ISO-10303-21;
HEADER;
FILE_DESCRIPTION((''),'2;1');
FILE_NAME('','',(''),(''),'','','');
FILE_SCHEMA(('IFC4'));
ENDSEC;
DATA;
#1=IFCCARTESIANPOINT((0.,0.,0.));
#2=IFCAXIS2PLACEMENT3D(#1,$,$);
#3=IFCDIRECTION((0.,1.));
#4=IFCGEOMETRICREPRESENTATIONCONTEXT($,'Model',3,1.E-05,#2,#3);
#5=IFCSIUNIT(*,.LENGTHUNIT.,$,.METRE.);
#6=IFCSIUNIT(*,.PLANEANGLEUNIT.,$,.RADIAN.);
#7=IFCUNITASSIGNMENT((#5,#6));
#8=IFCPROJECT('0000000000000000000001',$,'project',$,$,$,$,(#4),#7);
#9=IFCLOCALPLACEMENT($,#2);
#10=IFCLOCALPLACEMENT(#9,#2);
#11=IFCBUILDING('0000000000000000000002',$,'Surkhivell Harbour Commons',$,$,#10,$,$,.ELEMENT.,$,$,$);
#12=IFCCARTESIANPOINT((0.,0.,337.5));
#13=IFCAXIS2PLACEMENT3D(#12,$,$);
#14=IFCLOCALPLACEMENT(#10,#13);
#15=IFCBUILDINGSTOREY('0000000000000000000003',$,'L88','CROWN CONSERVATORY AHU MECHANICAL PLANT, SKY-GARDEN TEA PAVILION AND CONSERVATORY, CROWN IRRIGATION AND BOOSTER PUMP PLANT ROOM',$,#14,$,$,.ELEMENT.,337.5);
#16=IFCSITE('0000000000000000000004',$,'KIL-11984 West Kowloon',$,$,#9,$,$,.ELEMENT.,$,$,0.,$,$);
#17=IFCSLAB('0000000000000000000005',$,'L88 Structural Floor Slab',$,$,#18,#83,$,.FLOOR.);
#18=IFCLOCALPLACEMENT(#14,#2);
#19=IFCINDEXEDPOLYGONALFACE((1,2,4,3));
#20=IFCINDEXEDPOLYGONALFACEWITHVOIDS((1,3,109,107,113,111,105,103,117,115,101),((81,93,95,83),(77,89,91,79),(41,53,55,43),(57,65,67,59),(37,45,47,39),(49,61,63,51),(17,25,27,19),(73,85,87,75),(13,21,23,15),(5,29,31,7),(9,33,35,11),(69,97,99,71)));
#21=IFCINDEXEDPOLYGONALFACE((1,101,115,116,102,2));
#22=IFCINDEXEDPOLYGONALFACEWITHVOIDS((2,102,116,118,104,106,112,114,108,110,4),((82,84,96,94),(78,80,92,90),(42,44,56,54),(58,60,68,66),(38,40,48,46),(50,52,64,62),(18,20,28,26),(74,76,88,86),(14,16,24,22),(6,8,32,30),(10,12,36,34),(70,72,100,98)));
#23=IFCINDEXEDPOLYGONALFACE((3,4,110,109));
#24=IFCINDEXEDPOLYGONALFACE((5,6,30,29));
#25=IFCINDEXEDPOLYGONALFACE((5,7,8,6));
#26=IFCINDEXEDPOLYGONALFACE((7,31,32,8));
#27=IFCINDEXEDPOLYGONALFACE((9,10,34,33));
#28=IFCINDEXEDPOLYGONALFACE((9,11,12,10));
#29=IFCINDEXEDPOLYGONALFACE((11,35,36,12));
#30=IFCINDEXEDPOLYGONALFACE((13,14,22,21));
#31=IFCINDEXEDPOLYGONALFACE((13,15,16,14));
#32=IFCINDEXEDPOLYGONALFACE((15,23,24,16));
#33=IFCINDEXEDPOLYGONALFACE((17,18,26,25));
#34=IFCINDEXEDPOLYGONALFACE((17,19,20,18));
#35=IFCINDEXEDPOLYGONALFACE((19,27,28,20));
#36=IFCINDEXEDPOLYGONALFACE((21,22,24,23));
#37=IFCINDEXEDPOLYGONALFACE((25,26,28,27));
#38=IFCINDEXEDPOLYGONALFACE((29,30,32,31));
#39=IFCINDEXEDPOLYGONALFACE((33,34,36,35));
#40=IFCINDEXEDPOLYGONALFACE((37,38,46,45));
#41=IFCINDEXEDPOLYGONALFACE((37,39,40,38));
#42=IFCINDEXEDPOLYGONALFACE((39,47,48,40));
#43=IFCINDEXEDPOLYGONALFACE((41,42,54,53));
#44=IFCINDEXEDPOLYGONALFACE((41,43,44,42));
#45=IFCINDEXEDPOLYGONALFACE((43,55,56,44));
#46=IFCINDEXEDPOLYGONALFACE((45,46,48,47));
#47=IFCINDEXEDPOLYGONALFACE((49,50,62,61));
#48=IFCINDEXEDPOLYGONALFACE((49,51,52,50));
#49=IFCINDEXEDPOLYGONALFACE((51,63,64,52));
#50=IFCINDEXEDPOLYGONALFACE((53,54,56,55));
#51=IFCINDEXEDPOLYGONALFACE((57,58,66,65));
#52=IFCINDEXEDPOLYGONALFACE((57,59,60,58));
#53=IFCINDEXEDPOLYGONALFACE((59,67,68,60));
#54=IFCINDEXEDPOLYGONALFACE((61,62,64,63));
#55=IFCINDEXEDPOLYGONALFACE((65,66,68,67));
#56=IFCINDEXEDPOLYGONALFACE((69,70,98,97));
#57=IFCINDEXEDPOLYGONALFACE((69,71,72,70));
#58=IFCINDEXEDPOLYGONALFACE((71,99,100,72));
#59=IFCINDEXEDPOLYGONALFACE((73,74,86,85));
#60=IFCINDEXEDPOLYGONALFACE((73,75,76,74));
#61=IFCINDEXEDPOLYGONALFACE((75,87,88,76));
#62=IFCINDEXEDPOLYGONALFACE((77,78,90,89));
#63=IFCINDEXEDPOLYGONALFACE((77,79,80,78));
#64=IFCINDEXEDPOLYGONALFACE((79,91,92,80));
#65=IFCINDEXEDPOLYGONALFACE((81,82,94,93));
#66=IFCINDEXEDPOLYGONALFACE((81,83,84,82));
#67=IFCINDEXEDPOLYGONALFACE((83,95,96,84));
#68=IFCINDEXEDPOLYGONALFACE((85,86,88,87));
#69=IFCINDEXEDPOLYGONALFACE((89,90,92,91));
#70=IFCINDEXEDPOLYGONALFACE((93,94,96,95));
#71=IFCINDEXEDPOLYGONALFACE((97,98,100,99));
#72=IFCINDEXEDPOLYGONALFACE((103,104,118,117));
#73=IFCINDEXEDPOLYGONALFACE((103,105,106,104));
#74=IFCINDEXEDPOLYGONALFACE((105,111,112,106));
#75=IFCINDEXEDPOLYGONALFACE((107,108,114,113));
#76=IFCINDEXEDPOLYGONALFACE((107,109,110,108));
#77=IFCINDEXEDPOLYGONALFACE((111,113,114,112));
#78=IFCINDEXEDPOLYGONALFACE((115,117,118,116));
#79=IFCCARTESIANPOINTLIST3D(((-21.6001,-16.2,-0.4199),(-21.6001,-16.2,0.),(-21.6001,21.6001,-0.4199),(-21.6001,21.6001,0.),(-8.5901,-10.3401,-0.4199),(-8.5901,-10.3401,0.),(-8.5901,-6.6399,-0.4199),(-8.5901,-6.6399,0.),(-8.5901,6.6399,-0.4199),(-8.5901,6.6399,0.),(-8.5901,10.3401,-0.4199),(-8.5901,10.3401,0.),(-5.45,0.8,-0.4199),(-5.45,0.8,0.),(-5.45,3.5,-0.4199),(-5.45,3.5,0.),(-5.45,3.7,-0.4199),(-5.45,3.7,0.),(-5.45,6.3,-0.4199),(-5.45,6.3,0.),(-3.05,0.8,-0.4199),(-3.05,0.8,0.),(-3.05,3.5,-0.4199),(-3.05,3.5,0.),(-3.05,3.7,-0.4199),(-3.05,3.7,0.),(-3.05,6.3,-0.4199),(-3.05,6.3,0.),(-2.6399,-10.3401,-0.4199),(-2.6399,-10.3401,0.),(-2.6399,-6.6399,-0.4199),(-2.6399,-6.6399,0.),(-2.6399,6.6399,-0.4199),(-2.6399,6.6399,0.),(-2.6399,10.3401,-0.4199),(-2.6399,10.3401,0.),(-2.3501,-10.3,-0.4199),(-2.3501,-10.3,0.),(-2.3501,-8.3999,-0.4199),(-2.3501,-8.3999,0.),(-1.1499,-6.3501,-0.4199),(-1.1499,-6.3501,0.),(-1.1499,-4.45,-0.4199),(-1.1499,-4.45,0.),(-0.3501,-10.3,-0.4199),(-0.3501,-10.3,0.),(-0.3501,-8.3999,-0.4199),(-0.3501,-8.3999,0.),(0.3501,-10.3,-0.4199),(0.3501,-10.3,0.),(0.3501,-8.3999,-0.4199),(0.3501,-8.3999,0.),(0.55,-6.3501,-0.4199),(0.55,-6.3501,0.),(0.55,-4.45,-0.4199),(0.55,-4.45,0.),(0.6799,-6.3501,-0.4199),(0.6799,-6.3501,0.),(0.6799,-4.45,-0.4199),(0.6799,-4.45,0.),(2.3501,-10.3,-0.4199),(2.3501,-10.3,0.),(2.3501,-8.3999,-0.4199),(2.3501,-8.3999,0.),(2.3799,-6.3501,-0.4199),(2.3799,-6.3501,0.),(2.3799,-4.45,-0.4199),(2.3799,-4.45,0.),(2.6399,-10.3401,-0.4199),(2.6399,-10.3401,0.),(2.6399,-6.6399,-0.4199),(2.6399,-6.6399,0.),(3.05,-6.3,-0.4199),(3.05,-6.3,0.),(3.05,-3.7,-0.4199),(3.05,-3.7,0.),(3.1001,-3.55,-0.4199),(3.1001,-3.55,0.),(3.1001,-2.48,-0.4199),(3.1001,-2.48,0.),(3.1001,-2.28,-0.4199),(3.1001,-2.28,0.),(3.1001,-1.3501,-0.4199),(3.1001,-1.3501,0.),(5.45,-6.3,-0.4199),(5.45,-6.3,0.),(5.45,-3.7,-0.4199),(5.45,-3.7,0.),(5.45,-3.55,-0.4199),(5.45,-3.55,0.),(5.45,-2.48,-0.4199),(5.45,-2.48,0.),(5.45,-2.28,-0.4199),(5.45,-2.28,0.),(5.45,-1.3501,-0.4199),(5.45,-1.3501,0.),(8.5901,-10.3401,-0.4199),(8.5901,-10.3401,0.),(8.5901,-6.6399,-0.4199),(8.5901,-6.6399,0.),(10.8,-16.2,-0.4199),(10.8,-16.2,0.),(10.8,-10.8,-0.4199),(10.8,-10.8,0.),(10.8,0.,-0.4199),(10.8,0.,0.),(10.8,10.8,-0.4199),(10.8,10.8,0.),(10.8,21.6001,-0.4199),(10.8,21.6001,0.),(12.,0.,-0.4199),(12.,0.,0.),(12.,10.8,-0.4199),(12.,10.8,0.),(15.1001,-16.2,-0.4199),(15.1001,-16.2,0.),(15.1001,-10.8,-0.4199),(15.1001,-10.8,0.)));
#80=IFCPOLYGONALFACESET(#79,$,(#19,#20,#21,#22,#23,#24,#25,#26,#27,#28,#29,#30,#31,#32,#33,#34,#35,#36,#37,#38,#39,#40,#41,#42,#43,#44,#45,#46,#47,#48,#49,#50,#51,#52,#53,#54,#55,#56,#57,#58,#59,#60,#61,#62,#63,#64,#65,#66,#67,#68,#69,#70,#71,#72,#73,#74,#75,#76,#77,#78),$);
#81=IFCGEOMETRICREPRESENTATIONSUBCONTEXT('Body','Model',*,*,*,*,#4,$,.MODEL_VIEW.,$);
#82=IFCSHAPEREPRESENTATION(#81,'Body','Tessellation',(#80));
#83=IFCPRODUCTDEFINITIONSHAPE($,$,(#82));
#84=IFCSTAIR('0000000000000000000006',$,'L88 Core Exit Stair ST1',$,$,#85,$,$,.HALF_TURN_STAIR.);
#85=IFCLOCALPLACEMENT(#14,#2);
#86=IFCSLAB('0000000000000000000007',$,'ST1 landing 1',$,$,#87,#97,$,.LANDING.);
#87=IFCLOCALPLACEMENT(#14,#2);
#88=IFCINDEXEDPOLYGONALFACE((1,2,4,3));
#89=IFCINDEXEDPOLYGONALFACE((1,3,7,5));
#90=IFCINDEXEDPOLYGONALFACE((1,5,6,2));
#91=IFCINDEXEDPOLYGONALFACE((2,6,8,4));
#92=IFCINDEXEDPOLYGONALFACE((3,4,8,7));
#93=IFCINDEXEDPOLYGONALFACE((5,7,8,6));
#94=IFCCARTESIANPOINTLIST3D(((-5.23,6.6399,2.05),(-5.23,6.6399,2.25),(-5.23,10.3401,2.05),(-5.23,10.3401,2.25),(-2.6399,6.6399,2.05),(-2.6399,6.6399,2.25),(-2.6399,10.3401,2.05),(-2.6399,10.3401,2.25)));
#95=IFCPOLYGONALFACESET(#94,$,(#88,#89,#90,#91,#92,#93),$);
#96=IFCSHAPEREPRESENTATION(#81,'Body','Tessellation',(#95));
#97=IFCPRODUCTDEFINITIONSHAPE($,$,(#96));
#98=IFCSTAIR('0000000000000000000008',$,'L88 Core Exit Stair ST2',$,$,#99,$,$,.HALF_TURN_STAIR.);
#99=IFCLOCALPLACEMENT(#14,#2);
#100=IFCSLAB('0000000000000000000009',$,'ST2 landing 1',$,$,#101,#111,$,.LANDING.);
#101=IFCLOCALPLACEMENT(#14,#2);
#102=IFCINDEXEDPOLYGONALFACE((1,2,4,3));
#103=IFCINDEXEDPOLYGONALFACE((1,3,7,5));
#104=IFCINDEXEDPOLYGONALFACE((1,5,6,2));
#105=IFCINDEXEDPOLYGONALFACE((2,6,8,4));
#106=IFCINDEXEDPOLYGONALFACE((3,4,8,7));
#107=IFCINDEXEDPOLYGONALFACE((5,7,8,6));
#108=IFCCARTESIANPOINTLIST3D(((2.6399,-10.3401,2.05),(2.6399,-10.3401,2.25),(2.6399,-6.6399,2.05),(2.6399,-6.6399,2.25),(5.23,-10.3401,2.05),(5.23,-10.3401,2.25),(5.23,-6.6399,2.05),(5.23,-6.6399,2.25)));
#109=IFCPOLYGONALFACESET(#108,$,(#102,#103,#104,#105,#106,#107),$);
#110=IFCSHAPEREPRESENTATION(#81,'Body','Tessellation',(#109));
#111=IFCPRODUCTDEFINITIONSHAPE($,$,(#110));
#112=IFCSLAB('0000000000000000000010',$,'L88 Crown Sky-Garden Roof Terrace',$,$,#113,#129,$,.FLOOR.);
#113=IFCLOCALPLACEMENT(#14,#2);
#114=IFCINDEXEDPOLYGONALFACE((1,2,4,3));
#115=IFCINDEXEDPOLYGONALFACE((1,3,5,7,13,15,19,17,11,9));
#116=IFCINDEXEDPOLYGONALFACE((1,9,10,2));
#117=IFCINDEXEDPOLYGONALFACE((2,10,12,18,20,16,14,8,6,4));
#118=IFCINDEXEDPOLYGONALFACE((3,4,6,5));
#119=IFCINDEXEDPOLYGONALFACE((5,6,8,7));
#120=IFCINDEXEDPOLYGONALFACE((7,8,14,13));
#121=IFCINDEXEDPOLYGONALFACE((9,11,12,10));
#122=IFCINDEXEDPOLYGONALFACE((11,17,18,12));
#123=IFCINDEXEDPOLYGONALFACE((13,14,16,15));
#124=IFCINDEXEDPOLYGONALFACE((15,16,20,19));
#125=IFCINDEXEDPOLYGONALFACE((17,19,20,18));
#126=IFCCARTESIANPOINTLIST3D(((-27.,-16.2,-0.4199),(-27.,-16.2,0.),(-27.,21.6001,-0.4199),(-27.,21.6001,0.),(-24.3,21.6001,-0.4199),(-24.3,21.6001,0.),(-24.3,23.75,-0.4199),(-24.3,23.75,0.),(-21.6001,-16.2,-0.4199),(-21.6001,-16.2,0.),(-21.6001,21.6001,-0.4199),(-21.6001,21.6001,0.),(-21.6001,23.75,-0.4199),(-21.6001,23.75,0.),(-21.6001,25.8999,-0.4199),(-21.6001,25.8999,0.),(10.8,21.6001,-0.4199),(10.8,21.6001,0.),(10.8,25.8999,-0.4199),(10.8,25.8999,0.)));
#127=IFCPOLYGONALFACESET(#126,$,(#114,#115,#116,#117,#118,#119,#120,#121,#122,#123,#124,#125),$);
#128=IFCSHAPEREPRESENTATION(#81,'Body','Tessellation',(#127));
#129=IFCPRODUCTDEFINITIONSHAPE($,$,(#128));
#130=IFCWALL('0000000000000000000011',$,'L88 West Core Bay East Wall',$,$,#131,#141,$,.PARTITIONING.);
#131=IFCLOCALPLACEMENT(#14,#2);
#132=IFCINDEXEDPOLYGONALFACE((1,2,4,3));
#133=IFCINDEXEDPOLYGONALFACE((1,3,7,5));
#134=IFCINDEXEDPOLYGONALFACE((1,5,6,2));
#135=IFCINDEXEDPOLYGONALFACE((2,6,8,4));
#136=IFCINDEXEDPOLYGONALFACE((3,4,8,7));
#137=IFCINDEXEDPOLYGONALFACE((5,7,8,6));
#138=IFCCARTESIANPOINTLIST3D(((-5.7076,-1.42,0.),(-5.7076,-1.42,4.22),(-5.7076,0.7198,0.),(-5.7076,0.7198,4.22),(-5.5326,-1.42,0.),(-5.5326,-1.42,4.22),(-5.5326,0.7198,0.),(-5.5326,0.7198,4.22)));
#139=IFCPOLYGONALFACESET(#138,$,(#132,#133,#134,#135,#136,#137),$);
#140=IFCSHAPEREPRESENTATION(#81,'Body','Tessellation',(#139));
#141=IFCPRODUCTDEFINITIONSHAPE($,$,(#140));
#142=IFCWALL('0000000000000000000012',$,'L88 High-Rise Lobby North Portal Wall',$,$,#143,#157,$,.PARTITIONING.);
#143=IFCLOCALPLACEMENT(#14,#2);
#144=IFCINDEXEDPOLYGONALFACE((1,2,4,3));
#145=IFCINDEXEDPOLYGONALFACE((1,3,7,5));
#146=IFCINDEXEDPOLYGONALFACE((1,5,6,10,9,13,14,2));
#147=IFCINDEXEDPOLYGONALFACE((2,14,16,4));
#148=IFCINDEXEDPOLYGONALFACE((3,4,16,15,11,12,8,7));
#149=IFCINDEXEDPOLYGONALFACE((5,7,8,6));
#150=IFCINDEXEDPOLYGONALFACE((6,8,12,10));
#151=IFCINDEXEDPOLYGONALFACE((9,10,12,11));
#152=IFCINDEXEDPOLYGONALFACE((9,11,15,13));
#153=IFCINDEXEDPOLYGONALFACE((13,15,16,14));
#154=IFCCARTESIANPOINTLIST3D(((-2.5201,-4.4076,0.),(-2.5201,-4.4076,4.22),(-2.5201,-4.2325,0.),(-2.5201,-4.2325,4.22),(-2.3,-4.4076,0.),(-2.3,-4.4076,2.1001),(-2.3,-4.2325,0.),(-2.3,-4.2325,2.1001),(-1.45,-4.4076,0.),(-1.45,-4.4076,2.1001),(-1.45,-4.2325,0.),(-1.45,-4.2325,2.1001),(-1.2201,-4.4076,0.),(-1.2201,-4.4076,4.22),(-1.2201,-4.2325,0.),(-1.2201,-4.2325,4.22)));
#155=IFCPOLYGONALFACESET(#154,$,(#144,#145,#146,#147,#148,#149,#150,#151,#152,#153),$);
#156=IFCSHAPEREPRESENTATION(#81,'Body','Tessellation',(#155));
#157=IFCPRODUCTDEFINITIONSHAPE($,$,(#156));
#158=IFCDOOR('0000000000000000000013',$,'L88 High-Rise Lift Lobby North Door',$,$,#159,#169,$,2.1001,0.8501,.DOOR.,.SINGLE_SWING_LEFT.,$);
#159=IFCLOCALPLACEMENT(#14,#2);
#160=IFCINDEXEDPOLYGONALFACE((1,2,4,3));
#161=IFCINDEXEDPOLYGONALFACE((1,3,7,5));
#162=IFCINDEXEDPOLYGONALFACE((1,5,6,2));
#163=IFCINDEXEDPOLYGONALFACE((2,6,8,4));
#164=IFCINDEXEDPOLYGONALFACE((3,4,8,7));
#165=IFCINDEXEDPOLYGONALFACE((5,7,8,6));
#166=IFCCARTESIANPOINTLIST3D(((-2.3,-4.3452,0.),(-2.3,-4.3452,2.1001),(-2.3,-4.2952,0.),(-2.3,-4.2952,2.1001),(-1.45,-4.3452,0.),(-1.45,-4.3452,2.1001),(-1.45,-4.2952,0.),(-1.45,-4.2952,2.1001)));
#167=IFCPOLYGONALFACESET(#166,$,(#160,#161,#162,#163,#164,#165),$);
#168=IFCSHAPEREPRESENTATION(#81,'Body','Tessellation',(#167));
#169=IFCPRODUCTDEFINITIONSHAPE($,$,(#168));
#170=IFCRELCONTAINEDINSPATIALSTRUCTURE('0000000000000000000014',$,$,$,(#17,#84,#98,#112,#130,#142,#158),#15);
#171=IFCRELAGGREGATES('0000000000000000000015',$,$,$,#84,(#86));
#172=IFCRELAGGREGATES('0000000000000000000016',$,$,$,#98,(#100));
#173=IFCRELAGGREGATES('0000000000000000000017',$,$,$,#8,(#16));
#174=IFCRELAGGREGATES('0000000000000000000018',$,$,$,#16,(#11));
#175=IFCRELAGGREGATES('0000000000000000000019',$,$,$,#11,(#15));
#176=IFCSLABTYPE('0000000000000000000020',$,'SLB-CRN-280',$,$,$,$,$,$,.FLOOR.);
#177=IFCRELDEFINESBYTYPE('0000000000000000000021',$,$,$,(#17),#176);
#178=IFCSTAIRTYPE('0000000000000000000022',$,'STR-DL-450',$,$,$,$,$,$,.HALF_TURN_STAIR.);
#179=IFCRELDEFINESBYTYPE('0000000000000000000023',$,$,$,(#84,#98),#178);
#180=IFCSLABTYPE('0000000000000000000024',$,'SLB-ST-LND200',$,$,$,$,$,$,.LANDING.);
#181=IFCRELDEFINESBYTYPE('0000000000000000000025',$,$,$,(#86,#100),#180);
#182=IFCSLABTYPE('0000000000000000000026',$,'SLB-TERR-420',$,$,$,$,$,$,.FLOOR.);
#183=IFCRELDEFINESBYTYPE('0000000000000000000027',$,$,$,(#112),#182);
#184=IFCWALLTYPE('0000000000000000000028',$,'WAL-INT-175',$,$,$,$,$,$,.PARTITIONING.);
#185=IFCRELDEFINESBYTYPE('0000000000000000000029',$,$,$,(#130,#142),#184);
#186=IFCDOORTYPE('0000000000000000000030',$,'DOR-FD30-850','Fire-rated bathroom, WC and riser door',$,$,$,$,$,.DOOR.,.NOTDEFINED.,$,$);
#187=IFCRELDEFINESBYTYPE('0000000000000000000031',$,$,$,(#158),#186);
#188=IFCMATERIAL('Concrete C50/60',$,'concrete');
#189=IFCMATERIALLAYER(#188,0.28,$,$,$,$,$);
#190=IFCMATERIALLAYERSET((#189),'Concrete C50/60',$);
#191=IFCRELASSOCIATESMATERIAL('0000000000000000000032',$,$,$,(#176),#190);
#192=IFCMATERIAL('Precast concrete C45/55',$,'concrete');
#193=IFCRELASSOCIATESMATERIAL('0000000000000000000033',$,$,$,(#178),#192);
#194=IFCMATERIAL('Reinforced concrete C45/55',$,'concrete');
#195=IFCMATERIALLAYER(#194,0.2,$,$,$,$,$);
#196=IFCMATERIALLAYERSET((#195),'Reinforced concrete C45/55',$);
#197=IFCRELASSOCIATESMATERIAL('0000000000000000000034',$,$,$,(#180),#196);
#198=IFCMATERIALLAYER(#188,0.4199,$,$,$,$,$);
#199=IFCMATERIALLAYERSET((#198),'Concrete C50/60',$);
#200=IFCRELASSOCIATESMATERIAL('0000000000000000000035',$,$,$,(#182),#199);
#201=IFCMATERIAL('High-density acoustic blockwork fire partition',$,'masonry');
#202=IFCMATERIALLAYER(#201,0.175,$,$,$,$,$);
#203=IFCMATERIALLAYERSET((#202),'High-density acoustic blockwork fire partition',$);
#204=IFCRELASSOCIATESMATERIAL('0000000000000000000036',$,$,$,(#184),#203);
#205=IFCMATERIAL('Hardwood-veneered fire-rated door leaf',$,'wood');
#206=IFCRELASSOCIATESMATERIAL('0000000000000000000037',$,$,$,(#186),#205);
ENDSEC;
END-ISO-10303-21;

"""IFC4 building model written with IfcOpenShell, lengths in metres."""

from ifc_helpers import new_model, si_unit, direction, frame, frame_2d, origin, place, context, subcontext, project, spatial, polyline, rectangle, outline, extrude, material, layer, layer_set, type_object, element, fill, aggregate, save


model = new_model("IFC4")

# Units and contexts
model_context = context("Model", 3, precision=1e-05, world=origin(), true_north=direction((0.0, 1.0)))
body_context = subcontext(model_context, "Body", "Model", "MODEL_VIEW")
ifc_project = project(units=[si_unit("LENGTHUNIT", "METRE"), si_unit("PLANEANGLEUNIT", "RADIAN")], contexts=[model_context])

# Site, building, storey
site_placement = place(None, origin())
site = spatial("IfcSite", under=ifc_project, at=site_placement, Name="KIL-11984 West Kowloon", CompositionType="ELEMENT", RefElevation=0.0)
building_placement = place(site_placement, origin())
building = spatial("IfcBuilding", under=site, at=building_placement, Name="Surkhivell Harbour Commons", CompositionType="ELEMENT")
storey_placement = place(building_placement, frame((0.0, 0.0, 337.5)))
storey = spatial("IfcBuildingStorey", under=building, at=storey_placement, Name="L88", Description="CROWN CONSERVATORY AHU MECHANICAL PLANT, SKY-GARDEN TEA PAVILION AND CONSERVATORY, CROWN IRRIGATION AND BOOSTER PUMP PLANT ROOM", CompositionType="ELEMENT", Elevation=337.5)

# Slab
ifc_material_1 = material(Name="Concrete C50/60", Category="concrete")
ifc_layer_1 = layer(ifc_material_1, 0.28)
ifc_layer_set_1 = layer_set([ifc_layer_1], Name="Concrete C50/60")
slab_type_1 = type_object("IfcSlabType", Name="SLB-CRN-280", PredefinedType="FLOOR", material=ifc_layer_set_1)
slab_1_placement = place(storey_placement, frame((0.0, 0.0, -0.4199)))
element("IfcSlab", 1, at=slab_1_placement, inside=storey, type_object=slab_type_1, Name="L88 Structural Floor Slab", PredefinedType="FLOOR", context=body_context, shape_type="SweptSolid", body=[
    extrude(outline(polyline([(-21.6001, -16.2), (10.8, -16.2), (15.1001, -16.2), (15.1001, -10.8), (10.8, -10.8), (10.8, 0.0), (12.0, 0.0), (12.0, 10.8), (10.8, 10.8), (10.8, 21.6001), (-21.6001, 21.6001), (-21.6001, -16.2)]), holes=[polyline([(-8.5901, 6.6399), (-2.6399, 6.6399), (-2.6399, 10.3401), (-8.5901, 10.3401), (-8.5901, 6.6399)]), polyline([(8.5901, -6.6399), (2.6399, -6.6399), (2.6399, -10.3401), (8.5901, -10.3401), (8.5901, -6.6399)]), polyline([(-8.5901, -10.3401), (-2.6399, -10.3401), (-2.6399, -6.6399), (-8.5901, -6.6399), (-8.5901, -10.3401)]), polyline([(-1.1499, -6.3501), (0.55, -6.3501), (0.55, -4.45), (-1.1499, -4.45), (-1.1499, -6.3501)]), polyline([(0.6799, -6.3501), (2.3799, -6.3501), (2.3799, -4.45), (0.6799, -4.45), (0.6799, -6.3501)]), polyline([(-2.3501, -10.3), (-0.3501, -10.3), (-0.3501, -8.3999), (-2.3501, -8.3999), (-2.3501, -10.3)]), polyline([(0.3501, -10.3), (2.3501, -10.3), (2.3501, -8.3999), (0.3501, -8.3999), (0.3501, -10.3)]), polyline([(-5.45, 3.7), (-3.05, 3.7), (-3.05, 6.3), (-5.45, 6.3), (-5.45, 3.7)]), polyline([(3.05, -6.3), (5.45, -6.3), (5.45, -3.7), (3.05, -3.7), (3.05, -6.3)]), polyline([(-5.45, 0.8), (-3.05, 0.8), (-3.05, 3.5), (-5.45, 3.5), (-5.45, 0.8)]), polyline([(3.1001, -3.55), (5.45, -3.55), (5.45, -2.48), (3.1001, -2.48), (3.1001, -3.55)]), polyline([(3.1001, -2.28), (5.45, -2.28), (5.45, -1.3501), (3.1001, -1.3501), (3.1001, -2.28)])]), origin(), (0.0, 0.0, 1.0), 0.4199),
])

# Stairs, slabs
ifc_material_2 = material(Name="Precast concrete C45/55", Category="concrete")
stair_type = type_object("IfcStairType", Name="STR-DL-450", PredefinedType="HALF_TURN_STAIR", material=ifc_material_2)
stair_1_placement = place(storey_placement, origin())
stair_1 = element("IfcStair", 2, at=stair_1_placement, inside=storey, type_object=stair_type, Name="L88 Core Exit Stair ST1", PredefinedType="HALF_TURN_STAIR")
ifc_material_3 = material(Name="Reinforced concrete C45/55", Category="concrete")
ifc_layer_2 = layer(ifc_material_3, 0.2)
ifc_layer_set_2 = layer_set([ifc_layer_2], Name="Reinforced concrete C45/55")
slab_type_2 = type_object("IfcSlabType", Name="SLB-ST-LND200", PredefinedType="LANDING", material=ifc_layer_set_2)
slab_2_placement = place(storey_placement, frame((0.0, 0.0, 2.05)))
slab_2 = element("IfcSlab", 3, at=slab_2_placement, type_object=slab_type_2, Name="ST1 landing 1", PredefinedType="LANDING", context=body_context, shape_type="SweptSolid", body=[
    extrude(outline(polyline([(-5.23, 6.6399), (-2.6399, 6.6399), (-2.6399, 10.3401), (-5.23, 10.3401), (-5.23, 6.6399)])), origin(), (0.0, 0.0, 1.0), 0.2),
])
aggregate(stair_1, [slab_2])
stair_2_placement = place(storey_placement, origin())
stair_2 = element("IfcStair", 4, at=stair_2_placement, inside=storey, type_object=stair_type, Name="L88 Core Exit Stair ST2", PredefinedType="HALF_TURN_STAIR")
slab_3_placement = place(storey_placement, frame((0.0, 0.0, 2.05)))
slab_3 = element("IfcSlab", 5, at=slab_3_placement, type_object=slab_type_2, Name="ST2 landing 1", PredefinedType="LANDING", context=body_context, shape_type="SweptSolid", body=[
    extrude(outline(polyline([(5.23, -6.6399), (2.6399, -6.6399), (2.6399, -10.3401), (5.23, -10.3401), (5.23, -6.6399)])), origin(), (0.0, 0.0, 1.0), 0.2),
])
aggregate(stair_2, [slab_3])

# Slab
ifc_layer_3 = layer(ifc_material_1, 0.4199)
ifc_layer_set_3 = layer_set([ifc_layer_3], Name="Concrete C50/60")
slab_type_3 = type_object("IfcSlabType", Name="SLB-TERR-420", PredefinedType="FLOOR", material=ifc_layer_set_3)
slab_4_placement = place(storey_placement, frame((0.0, 0.0, -0.4199)))
element("IfcSlab", 6, at=slab_4_placement, inside=storey, type_object=slab_type_3, Name="L88 Crown Sky-Garden Roof Terrace", PredefinedType="FLOOR", context=body_context, shape_type="SweptSolid", body=[
    extrude(outline(polyline([(-27.0, -16.2), (-21.6001, -16.2), (-21.6001, 21.6001), (10.8, 21.6001), (10.8, 25.8999), (-21.6001, 25.8999), (-21.6001, 23.75), (-24.3, 23.75), (-24.3, 21.6001), (-27.0, 21.6001), (-27.0, -16.2)])), origin(), (0.0, 0.0, 1.0), 0.4199),
])

# Wall
ifc_material_4 = material(Name="High-density acoustic blockwork fire partition", Category="masonry")
ifc_layer_4 = layer(ifc_material_4, 0.175)
ifc_layer_set_4 = layer_set([ifc_layer_4], Name="High-density acoustic blockwork fire partition")
wall_type_1 = type_object("IfcWallType", Name="WAL-INT-175", PredefinedType="PARTITIONING", material=ifc_layer_set_4)
wall_1_placement = place(storey_placement, frame((-5.6201, -1.4199, 0.0), z_axis=(0.0, 0.0, 1.0), x_axis=(0.0, 1.0, 0.0)))
element("IfcWall", 7, at=wall_1_placement, inside=storey, type_object=wall_type_1, Name="L88 West Core Bay East Wall", PredefinedType="PARTITIONING", context=body_context, shape_type="SweptSolid", body=[
    extrude(rectangle(XDim=2.1399, YDim=0.175, at=frame_2d((1.0698, 0.0))), origin(), (0.0, 0.0, 1.0), 4.22),
])

# Wall, opening, door
wall_2_placement = place(storey_placement, frame((-2.52, -4.3201, 0.0), z_axis=(0.0, 0.0, 1.0), x_axis=(1.0, 0.0, 0.0)))
wall_2 = element("IfcWall", 8, at=wall_2_placement, inside=storey, type_object=wall_type_1, Name="L88 High-Rise Lobby North Portal Wall", PredefinedType="PARTITIONING", context=body_context, shape_type="SweptSolid", body=[
    extrude(rectangle(XDim=1.3, YDim=0.175, at=frame_2d((0.6499, 0.0))), origin(), (0.0, 0.0, 1.0), 4.22),
])
opening_1_placement = place(wall_2_placement, frame((0.22, 0.0, 0.0)))
opening_1 = element("IfcOpeningElement", 9, at=opening_1_placement, cuts=wall_2, PredefinedType="OPENING", context=body_context, shape_type="SweptSolid", body=[
    extrude(rectangle(XDim=0.8501, YDim=2.1001, at=frame_2d((0.425, 1.05))), frame((0.0, 0.0974, 0.0), z_axis=(0.0, -1.0, 0.0), x_axis=(1.0, 0.0, 0.0)), (0.0, 0.0, 1.0), 0.1951),
])
ifc_material_5 = material(Name="Hardwood-veneered fire-rated door leaf", Category="wood")
door_type = type_object("IfcDoorType", Name="DOR-FD30-850", Description="Fire-rated bathroom, WC and riser door", OperationType="NOTDEFINED", PredefinedType="DOOR", material=ifc_material_5)
door_1_placement = place(opening_1_placement, origin())
door_1 = element("IfcDoor", 10, at=door_1_placement, inside=storey, type_object=door_type, Name="L88 High-Rise Lift Lobby North Door", OperationType="SINGLE_SWING_LEFT", OverallHeight=2.1001, OverallWidth=0.8501, PredefinedType="DOOR", context=body_context, shape_type="SweptSolid", body=[
    extrude(rectangle(XDim=0.8501, YDim=2.1001, at=frame_2d((0.425, 1.05))), frame((0.0, 0.0249, 0.0), z_axis=(0.0, -1.0, 0.0), x_axis=(1.0, 0.0, 0.0)), (0.0, 0.0, 1.0), 0.05),
])
fill(opening_1, door_1)

save(model, "model.ifc")
